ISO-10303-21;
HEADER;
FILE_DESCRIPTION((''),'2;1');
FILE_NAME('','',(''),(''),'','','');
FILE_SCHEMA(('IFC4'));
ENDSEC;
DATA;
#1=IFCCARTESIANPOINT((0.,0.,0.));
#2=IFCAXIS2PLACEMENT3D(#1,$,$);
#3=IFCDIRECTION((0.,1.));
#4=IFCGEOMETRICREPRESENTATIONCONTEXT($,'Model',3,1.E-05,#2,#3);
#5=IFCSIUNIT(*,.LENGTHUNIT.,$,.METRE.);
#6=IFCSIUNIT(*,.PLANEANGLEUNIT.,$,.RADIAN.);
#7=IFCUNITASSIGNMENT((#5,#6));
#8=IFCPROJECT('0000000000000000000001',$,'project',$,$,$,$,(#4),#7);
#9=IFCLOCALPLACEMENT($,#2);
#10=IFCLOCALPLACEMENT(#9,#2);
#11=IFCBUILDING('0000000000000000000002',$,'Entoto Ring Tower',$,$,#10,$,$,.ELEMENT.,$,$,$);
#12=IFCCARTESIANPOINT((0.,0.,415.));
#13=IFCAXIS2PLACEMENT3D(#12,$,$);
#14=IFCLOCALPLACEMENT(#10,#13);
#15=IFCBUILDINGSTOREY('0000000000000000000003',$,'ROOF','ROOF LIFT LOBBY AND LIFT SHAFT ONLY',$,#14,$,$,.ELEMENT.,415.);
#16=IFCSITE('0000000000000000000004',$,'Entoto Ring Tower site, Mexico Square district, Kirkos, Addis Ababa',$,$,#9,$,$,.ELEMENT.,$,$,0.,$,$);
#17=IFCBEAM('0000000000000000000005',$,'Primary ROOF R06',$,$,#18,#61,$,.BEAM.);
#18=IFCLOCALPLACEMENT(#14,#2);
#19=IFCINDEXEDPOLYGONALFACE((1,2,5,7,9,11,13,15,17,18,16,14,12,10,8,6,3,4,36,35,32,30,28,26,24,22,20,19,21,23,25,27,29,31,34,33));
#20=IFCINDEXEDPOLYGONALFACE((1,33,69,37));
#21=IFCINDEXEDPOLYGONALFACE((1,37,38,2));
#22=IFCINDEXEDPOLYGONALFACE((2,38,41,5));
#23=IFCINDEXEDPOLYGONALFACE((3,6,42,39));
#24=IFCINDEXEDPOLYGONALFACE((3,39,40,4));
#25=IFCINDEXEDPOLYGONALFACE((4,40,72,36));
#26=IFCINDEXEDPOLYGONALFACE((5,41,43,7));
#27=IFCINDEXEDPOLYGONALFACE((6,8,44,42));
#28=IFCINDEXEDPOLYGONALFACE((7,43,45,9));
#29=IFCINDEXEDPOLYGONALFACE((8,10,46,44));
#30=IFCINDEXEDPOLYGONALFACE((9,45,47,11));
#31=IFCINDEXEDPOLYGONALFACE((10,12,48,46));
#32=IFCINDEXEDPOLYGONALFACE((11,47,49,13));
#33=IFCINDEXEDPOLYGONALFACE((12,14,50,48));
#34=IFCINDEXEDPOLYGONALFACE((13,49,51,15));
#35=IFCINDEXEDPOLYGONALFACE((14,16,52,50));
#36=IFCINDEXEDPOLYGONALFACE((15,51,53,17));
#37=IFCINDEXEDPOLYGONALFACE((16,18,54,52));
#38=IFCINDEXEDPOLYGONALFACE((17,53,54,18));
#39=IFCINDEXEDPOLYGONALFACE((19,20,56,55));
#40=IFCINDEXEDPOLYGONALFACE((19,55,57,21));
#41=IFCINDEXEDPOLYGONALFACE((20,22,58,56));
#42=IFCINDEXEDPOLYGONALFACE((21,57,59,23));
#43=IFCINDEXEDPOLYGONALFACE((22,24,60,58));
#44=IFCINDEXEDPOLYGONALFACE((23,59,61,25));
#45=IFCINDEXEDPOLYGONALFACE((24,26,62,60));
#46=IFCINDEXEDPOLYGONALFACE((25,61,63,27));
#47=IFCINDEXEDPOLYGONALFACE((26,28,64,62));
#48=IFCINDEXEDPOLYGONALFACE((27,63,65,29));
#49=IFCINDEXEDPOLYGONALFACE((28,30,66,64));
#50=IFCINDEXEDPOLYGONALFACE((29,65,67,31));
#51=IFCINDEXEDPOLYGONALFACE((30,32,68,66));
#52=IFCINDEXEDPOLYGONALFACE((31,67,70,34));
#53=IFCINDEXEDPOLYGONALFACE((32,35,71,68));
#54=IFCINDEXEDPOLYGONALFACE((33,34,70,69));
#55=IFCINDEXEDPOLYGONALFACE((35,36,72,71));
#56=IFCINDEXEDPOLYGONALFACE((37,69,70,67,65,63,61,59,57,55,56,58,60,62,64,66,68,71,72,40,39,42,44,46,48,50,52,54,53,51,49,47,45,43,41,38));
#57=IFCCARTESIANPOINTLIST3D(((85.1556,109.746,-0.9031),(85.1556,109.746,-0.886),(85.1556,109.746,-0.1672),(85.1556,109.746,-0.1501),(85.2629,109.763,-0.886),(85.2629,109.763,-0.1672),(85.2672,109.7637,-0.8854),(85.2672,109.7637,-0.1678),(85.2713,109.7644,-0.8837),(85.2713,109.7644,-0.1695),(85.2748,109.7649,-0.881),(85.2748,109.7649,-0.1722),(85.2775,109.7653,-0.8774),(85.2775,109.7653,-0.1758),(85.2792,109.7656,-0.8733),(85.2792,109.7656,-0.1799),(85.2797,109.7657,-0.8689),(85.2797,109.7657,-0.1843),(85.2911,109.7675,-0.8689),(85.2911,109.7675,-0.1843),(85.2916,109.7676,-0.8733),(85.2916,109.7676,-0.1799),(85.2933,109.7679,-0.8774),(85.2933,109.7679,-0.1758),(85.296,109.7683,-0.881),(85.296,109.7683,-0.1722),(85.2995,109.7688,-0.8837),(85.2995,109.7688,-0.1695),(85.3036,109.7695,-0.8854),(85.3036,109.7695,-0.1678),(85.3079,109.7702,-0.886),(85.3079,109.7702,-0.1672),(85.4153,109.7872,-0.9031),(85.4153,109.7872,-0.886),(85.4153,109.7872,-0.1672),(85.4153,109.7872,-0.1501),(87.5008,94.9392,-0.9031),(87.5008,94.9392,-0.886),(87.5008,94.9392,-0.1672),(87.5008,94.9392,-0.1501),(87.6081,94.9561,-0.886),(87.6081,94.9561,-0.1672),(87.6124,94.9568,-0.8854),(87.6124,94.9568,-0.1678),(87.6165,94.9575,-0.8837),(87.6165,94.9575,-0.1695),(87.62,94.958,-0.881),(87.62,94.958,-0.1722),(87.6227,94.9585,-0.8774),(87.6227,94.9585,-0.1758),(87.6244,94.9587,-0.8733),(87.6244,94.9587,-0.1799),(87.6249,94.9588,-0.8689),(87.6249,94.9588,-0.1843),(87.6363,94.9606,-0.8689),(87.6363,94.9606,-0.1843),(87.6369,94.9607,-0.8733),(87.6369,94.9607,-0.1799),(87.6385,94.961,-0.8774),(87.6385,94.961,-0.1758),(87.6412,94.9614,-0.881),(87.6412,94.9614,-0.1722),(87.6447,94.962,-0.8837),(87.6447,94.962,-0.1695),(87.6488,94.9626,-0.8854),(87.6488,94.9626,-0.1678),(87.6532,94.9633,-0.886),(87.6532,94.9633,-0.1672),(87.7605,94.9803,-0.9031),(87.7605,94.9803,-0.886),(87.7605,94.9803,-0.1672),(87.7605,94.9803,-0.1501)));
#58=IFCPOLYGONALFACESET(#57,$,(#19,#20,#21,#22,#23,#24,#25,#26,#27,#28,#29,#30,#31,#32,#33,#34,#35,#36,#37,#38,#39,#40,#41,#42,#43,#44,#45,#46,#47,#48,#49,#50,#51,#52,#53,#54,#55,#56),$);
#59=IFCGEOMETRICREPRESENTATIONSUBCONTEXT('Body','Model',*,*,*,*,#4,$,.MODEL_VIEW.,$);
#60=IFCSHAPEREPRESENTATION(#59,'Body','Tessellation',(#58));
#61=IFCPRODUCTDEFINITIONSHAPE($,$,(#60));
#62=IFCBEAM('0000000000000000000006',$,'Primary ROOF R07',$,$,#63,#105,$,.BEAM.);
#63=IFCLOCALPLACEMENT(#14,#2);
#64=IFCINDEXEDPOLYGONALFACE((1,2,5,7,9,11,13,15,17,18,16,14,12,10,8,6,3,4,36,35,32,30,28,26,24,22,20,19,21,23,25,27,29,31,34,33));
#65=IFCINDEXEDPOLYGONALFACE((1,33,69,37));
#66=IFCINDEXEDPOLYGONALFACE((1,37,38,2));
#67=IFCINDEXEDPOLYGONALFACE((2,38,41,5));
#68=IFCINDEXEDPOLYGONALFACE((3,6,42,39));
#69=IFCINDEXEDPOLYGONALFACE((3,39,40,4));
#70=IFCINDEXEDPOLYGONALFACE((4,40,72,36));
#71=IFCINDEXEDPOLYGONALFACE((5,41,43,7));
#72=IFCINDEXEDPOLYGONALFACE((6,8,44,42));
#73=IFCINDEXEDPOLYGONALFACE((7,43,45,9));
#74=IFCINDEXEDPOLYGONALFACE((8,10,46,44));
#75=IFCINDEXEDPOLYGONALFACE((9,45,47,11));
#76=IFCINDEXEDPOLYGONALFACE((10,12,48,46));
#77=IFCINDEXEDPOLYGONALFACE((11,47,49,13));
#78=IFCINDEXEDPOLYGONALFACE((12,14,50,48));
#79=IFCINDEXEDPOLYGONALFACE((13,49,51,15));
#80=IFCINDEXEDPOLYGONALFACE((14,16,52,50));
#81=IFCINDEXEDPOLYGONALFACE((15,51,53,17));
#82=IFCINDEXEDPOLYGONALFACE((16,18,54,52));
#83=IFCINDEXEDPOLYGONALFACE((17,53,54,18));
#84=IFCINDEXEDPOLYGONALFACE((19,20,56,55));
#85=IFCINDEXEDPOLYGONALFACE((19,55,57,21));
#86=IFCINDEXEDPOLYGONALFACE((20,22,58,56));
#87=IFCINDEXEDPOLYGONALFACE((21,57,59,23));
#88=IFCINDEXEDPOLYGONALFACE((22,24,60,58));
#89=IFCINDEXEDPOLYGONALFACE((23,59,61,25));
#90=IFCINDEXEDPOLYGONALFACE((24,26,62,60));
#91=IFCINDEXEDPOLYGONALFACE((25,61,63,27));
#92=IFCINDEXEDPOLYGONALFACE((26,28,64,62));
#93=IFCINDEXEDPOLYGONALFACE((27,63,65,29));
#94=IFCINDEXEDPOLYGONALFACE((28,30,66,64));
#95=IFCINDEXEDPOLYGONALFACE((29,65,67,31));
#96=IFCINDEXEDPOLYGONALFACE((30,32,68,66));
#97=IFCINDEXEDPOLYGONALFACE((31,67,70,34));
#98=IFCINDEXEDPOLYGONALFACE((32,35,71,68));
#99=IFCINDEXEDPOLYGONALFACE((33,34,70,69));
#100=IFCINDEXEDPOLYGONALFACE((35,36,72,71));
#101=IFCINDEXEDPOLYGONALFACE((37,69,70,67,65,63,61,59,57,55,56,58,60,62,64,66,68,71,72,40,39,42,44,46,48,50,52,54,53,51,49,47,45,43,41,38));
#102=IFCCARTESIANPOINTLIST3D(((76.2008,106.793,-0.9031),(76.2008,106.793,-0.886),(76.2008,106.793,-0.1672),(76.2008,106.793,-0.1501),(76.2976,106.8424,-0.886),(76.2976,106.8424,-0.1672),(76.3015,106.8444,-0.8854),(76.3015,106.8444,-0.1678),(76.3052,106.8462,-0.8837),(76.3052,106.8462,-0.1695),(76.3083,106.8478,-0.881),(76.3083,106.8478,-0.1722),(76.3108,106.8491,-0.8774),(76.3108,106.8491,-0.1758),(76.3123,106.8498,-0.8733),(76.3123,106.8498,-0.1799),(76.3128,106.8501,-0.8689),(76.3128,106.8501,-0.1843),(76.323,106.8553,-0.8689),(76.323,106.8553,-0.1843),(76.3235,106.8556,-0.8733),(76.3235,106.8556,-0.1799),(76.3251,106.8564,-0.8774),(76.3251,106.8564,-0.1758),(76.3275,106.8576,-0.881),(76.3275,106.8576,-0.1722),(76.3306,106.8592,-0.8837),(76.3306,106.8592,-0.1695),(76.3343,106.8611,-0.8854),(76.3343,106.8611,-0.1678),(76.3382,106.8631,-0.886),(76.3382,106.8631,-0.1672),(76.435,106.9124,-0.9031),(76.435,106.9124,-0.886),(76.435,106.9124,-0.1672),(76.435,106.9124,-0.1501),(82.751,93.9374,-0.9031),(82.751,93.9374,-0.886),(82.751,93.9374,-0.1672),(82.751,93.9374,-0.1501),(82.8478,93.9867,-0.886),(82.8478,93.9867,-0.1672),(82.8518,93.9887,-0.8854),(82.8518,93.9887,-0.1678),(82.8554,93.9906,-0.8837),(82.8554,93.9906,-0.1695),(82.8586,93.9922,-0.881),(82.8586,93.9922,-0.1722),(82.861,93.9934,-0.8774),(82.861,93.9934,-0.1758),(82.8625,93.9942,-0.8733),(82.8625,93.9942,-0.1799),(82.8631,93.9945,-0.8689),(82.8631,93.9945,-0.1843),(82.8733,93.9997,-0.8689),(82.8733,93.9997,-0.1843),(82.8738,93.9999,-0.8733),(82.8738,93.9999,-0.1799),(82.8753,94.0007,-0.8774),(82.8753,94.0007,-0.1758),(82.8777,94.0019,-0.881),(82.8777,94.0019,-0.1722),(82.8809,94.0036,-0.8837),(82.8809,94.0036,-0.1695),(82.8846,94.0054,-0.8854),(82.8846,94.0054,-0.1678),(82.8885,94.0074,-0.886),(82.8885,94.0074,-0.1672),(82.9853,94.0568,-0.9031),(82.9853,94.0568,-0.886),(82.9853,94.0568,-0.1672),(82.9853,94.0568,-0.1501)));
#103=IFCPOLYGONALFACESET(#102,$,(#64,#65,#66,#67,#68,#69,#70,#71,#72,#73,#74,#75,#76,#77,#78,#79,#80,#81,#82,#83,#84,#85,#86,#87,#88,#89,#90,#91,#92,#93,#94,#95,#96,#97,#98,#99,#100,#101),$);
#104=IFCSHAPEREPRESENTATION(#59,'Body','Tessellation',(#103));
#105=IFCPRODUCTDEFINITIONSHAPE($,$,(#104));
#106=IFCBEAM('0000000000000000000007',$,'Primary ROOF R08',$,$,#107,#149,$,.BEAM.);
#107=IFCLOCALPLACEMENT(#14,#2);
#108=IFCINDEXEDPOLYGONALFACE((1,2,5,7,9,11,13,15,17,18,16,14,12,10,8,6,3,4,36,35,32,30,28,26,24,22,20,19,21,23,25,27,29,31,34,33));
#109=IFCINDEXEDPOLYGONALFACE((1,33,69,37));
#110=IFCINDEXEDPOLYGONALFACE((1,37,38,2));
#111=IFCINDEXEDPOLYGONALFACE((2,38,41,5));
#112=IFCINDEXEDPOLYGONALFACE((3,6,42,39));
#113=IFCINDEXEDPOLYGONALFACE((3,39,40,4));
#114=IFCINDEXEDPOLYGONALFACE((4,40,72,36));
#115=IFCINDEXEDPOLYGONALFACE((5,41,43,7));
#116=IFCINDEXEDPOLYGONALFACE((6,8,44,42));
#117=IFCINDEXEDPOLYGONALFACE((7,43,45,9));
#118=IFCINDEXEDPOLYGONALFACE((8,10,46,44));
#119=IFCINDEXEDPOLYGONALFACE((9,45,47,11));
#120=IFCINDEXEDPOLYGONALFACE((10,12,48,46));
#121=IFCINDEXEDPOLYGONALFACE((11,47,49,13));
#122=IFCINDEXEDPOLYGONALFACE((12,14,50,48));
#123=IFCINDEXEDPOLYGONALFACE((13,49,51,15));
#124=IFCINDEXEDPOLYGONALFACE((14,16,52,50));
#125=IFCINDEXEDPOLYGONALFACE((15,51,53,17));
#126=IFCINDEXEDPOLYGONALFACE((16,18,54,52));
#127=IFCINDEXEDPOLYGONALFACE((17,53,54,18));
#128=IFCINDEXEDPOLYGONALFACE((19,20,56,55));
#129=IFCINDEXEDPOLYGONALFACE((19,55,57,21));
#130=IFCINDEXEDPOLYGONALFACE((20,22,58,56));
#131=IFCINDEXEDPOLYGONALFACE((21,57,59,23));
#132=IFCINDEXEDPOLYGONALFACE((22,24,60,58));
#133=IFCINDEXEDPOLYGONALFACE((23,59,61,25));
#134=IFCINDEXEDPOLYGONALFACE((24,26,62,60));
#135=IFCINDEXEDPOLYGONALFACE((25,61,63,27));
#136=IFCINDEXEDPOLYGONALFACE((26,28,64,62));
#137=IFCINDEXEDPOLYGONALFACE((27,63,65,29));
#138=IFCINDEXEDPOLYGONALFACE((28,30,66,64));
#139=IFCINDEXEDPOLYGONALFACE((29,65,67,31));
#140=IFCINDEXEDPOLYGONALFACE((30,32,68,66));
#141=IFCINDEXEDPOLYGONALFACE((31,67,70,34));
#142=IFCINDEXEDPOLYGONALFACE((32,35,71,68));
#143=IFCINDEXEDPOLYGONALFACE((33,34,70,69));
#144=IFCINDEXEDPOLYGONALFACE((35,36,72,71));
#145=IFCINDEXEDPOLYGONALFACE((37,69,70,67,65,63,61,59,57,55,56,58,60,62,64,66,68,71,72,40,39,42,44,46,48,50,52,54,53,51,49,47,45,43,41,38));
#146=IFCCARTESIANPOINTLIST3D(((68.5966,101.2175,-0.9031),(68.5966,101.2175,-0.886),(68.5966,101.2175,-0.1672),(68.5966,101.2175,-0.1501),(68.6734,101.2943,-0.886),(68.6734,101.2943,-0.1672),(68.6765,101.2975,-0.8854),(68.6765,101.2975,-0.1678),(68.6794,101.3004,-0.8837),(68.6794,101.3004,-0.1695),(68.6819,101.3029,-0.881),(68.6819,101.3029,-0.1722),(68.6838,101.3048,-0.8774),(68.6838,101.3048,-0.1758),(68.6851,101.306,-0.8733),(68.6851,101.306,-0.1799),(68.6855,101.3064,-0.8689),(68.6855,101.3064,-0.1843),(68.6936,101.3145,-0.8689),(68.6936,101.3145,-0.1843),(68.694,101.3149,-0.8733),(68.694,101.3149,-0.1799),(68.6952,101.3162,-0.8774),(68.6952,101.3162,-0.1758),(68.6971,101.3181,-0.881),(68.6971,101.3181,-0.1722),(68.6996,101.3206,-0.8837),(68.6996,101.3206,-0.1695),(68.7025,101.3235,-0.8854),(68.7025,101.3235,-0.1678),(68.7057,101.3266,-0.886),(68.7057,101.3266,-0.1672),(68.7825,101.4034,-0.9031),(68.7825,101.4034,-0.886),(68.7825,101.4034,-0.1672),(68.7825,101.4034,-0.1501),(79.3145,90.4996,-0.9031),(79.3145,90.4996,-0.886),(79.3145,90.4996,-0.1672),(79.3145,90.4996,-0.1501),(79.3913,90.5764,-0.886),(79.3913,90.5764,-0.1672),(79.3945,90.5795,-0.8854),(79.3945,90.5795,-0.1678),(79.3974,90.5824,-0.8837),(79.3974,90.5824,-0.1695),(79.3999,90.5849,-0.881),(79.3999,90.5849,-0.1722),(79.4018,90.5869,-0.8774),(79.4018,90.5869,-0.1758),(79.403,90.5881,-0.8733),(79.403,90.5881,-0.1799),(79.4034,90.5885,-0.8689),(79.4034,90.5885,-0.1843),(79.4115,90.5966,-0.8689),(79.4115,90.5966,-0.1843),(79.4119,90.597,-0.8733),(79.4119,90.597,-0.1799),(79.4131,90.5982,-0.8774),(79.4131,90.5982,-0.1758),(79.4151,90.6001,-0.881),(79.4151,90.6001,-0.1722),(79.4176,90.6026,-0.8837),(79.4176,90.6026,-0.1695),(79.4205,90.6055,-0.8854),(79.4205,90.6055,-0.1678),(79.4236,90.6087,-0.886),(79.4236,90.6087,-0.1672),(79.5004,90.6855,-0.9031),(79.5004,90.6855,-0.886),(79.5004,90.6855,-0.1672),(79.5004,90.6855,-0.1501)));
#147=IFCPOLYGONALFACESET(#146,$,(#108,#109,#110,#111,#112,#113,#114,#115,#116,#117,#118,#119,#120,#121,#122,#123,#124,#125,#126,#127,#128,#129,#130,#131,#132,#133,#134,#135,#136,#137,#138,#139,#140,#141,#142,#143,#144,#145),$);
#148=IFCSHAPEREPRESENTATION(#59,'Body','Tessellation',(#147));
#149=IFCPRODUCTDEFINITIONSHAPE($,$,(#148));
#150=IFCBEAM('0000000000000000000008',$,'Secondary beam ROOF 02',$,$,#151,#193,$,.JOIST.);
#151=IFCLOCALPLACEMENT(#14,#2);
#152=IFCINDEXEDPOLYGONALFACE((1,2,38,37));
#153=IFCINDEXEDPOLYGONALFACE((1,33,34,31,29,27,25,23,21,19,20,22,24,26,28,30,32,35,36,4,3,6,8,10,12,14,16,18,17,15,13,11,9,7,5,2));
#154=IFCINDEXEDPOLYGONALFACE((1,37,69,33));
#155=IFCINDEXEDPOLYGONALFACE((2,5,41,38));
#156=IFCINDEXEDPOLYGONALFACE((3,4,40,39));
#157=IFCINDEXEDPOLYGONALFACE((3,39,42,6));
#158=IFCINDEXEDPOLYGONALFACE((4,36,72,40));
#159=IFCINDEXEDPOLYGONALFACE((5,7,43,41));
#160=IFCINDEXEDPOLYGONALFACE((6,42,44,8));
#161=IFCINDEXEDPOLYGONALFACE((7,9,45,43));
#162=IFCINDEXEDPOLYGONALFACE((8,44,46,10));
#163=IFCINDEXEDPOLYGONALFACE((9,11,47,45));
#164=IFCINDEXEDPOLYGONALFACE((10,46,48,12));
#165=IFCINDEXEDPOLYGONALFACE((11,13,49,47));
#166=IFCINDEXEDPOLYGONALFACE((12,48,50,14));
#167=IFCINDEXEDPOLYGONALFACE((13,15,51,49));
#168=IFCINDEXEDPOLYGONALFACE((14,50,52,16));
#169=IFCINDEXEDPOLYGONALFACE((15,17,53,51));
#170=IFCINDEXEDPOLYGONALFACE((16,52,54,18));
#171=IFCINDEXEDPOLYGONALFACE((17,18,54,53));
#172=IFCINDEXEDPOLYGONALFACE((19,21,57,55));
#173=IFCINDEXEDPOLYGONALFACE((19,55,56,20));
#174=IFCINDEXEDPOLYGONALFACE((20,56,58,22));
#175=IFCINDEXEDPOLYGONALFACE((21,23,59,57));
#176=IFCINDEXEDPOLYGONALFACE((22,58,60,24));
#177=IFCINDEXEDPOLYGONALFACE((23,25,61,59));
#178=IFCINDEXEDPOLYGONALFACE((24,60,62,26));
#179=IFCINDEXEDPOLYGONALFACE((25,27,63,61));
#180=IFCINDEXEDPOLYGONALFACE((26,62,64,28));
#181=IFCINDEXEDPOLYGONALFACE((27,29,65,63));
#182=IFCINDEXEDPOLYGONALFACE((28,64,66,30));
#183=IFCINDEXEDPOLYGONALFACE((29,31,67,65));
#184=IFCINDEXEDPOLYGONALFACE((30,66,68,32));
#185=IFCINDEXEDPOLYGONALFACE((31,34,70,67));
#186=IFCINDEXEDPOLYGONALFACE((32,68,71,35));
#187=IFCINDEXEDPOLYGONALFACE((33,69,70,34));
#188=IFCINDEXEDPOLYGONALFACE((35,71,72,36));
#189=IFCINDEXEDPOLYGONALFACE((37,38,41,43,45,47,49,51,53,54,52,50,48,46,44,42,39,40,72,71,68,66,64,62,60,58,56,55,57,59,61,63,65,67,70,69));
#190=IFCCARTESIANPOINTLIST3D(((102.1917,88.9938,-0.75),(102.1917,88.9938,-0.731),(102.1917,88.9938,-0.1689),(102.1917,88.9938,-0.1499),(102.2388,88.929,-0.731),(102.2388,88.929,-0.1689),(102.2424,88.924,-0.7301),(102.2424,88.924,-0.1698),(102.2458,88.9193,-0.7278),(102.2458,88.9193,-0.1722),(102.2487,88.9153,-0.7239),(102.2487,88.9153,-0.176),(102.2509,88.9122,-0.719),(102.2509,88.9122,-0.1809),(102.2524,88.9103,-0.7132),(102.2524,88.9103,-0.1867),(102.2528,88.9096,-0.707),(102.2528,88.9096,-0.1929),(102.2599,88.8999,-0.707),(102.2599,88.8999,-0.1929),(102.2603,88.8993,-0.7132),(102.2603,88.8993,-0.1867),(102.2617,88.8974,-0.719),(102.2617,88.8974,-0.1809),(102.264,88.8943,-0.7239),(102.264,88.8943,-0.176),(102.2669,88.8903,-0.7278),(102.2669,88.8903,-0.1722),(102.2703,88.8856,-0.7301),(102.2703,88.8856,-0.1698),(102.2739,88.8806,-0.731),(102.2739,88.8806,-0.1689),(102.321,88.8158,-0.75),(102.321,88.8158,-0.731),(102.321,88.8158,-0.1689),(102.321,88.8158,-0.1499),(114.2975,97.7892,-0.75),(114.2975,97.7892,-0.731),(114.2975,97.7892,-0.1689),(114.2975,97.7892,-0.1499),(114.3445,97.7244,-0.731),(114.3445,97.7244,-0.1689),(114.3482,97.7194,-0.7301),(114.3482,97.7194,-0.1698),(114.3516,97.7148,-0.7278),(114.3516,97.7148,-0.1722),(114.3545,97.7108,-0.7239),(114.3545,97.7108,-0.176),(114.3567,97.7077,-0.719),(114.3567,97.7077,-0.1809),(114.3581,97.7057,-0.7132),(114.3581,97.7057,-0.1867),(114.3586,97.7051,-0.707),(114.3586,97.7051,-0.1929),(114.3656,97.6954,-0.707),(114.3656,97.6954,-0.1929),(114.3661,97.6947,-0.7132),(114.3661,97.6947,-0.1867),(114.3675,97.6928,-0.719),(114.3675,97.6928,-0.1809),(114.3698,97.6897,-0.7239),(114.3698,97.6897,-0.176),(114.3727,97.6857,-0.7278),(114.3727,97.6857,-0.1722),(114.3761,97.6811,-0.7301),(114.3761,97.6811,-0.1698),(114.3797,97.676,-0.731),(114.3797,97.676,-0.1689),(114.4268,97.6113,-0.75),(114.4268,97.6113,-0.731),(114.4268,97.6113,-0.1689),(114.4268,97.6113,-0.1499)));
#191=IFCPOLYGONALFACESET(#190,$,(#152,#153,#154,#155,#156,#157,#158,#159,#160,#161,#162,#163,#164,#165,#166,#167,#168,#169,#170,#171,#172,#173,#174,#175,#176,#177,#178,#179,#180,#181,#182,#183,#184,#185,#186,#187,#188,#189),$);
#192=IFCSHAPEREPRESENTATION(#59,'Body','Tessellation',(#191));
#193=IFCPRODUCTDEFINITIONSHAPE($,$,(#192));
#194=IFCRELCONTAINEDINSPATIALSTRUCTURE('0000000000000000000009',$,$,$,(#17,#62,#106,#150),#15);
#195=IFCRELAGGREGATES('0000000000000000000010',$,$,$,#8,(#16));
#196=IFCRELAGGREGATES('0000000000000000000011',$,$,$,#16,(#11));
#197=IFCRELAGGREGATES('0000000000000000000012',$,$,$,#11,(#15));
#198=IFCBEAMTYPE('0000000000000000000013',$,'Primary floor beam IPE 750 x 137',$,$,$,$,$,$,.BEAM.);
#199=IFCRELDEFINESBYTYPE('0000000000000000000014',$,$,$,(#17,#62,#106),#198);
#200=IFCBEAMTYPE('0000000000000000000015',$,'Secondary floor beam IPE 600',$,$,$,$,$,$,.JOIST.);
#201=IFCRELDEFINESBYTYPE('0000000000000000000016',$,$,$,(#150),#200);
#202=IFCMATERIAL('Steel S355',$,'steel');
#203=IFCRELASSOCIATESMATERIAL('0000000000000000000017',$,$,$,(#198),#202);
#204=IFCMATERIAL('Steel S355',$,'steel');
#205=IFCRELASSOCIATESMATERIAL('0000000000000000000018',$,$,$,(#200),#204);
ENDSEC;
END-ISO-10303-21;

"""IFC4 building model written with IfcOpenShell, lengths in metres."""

from ifc_helpers import new_model, si_unit, direction, frame, origin, origin_2d, place, context, subcontext, project, spatial, i_section, extrude, material, material_profile, profile_set, type_object, element, save


model = new_model("IFC4")

# Units and contexts
model_context = context("Model", 3, precision=1e-05, world=origin(), true_north=direction((0.0, 1.0)))
body_context = subcontext(model_context, "Body", "Model", "MODEL_VIEW")
ifc_project = project(units=[si_unit("LENGTHUNIT", "METRE"), si_unit("PLANEANGLEUNIT", "RADIAN")], contexts=[model_context])

# Site, building, storey
site_placement = place(None, origin())
site = spatial("IfcSite", under=ifc_project, at=site_placement, Name="Entoto Ring Tower site, Mexico Square district, Kirkos, Addis Ababa", CompositionType="ELEMENT", RefElevation=0.0)
building_placement = place(site_placement, origin())
building = spatial("IfcBuilding", under=site, at=building_placement, Name="Entoto Ring Tower", CompositionType="ELEMENT")
storey_placement = place(building_placement, frame((0.0, 0.0, 415.0)))
storey = spatial("IfcBuildingStorey", under=building, at=storey_placement, Name="ROOF", Description="ROOF LIFT LOBBY AND LIFT SHAFT ONLY", CompositionType="ELEMENT", Elevation=415.0)

# Beams
ifc_material_1 = material(Name="Steel S355", Category="steel")
ifc_material_profile_1 = material_profile(ifc_material_1, i_section(OverallWidth=0.2629, OverallDepth=0.7529, WebThickness=0.0115, FlangeThickness=0.0171, FilletRadius=0.0171, at=origin_2d()), Name="IPE 750 x 137")
ifc_profile_set_1 = profile_set([ifc_material_profile_1], Name="Steel S355")
beam_type_1 = type_object("IfcBeamType", Name="Primary floor beam IPE 750 x 137", PredefinedType="BEAM", material=ifc_profile_set_1)
for number, where, z_axis, x_axis, name in (
    (1, (87.6306, 94.9597, -0.5266), (-0.156437, 0.987688, 0.0), (-0.987688, -0.156437, 0.0), "Primary ROOF R06"),
):
    element("IfcBeam", number, at=place(storey_placement, frame(where, z_axis=z_axis, x_axis=x_axis)), inside=storey, type_object=beam_type_1, Name=name, PredefinedType="BEAM", context=body_context, shape_type="SweptSolid", body=[
        extrude(i_section(OverallWidth=0.2629, OverallDepth=0.7529, WebThickness=0.0115, FlangeThickness=0.0171, FilletRadius=0.0171, at=origin_2d()), origin(), (0.0, 0.0, 1.0), 14.9915),
    ])
beam_1_placement = place(storey_placement, frame((82.8682, 93.9971, -0.5266), z_axis=(-0.453989, 0.891007, 0.0), x_axis=(-0.891007, -0.453989, 0.0)))
element("IfcBeam", 2, at=beam_1_placement, inside=storey, type_object=beam_type_1, Name="Primary ROOF R07", PredefinedType="BEAM", context=body_context, shape_type="SweptSolid", body=[
    extrude(i_section(OverallWidth=0.2629, OverallDepth=0.7529, WebThickness=0.0115, FlangeThickness=0.0171, FilletRadius=0.0171, at=origin_2d()), origin(), (0.0, 0.0, 1.0), 14.4282),
])
beam_2_placement = place(storey_placement, frame((79.4075, 90.5925, -0.5266), z_axis=(-0.707107, 0.707107, 0.0), x_axis=(-0.707107, -0.707107, 0.0)))
element("IfcBeam", 3, at=beam_2_placement, inside=storey, type_object=beam_type_1, Name="Primary ROOF R08", PredefinedType="BEAM", context=body_context, shape_type="SweptSolid", body=[
    extrude(i_section(OverallWidth=0.2629, OverallDepth=0.7529, WebThickness=0.0115, FlangeThickness=0.0171, FilletRadius=0.0171, at=origin_2d()), origin(), (0.0, 0.0, 1.0), 15.1575),
])
ifc_material_2 = material(Name="Steel S355", Category="steel")
ifc_material_profile_2 = material_profile(ifc_material_2, i_section(OverallWidth=0.22, OverallDepth=0.6001, WebThickness=0.012, FlangeThickness=0.019, FilletRadius=0.0239, at=origin_2d()), Name="IPE 600")
ifc_profile_set_2 = profile_set([ifc_material_profile_2], Name="Steel S355")
beam_type_2 = type_object("IfcBeamType", Name="Secondary floor beam IPE 600", PredefinedType="JOIST", material=ifc_profile_set_2)
for number, where, z_axis, x_axis, name in (
    (4, (102.2563, 88.9048, -0.45), (0.809014, 0.587789, 0.0), (-0.587789, 0.809014, 0.0), "Secondary beam ROOF 02"),
):
    element("IfcBeam", number, at=place(storey_placement, frame(where, z_axis=z_axis, x_axis=x_axis)), inside=storey, type_object=beam_type_2, Name=name, PredefinedType="JOIST", context=body_context, shape_type="SweptSolid", body=[
        extrude(i_section(OverallWidth=0.22, OverallDepth=0.6001, WebThickness=0.012, FlangeThickness=0.019, FilletRadius=0.0239, at=origin_2d()), origin(), (0.0, 0.0, 1.0), 14.9636),
    ])

save(model, "model.ifc")
